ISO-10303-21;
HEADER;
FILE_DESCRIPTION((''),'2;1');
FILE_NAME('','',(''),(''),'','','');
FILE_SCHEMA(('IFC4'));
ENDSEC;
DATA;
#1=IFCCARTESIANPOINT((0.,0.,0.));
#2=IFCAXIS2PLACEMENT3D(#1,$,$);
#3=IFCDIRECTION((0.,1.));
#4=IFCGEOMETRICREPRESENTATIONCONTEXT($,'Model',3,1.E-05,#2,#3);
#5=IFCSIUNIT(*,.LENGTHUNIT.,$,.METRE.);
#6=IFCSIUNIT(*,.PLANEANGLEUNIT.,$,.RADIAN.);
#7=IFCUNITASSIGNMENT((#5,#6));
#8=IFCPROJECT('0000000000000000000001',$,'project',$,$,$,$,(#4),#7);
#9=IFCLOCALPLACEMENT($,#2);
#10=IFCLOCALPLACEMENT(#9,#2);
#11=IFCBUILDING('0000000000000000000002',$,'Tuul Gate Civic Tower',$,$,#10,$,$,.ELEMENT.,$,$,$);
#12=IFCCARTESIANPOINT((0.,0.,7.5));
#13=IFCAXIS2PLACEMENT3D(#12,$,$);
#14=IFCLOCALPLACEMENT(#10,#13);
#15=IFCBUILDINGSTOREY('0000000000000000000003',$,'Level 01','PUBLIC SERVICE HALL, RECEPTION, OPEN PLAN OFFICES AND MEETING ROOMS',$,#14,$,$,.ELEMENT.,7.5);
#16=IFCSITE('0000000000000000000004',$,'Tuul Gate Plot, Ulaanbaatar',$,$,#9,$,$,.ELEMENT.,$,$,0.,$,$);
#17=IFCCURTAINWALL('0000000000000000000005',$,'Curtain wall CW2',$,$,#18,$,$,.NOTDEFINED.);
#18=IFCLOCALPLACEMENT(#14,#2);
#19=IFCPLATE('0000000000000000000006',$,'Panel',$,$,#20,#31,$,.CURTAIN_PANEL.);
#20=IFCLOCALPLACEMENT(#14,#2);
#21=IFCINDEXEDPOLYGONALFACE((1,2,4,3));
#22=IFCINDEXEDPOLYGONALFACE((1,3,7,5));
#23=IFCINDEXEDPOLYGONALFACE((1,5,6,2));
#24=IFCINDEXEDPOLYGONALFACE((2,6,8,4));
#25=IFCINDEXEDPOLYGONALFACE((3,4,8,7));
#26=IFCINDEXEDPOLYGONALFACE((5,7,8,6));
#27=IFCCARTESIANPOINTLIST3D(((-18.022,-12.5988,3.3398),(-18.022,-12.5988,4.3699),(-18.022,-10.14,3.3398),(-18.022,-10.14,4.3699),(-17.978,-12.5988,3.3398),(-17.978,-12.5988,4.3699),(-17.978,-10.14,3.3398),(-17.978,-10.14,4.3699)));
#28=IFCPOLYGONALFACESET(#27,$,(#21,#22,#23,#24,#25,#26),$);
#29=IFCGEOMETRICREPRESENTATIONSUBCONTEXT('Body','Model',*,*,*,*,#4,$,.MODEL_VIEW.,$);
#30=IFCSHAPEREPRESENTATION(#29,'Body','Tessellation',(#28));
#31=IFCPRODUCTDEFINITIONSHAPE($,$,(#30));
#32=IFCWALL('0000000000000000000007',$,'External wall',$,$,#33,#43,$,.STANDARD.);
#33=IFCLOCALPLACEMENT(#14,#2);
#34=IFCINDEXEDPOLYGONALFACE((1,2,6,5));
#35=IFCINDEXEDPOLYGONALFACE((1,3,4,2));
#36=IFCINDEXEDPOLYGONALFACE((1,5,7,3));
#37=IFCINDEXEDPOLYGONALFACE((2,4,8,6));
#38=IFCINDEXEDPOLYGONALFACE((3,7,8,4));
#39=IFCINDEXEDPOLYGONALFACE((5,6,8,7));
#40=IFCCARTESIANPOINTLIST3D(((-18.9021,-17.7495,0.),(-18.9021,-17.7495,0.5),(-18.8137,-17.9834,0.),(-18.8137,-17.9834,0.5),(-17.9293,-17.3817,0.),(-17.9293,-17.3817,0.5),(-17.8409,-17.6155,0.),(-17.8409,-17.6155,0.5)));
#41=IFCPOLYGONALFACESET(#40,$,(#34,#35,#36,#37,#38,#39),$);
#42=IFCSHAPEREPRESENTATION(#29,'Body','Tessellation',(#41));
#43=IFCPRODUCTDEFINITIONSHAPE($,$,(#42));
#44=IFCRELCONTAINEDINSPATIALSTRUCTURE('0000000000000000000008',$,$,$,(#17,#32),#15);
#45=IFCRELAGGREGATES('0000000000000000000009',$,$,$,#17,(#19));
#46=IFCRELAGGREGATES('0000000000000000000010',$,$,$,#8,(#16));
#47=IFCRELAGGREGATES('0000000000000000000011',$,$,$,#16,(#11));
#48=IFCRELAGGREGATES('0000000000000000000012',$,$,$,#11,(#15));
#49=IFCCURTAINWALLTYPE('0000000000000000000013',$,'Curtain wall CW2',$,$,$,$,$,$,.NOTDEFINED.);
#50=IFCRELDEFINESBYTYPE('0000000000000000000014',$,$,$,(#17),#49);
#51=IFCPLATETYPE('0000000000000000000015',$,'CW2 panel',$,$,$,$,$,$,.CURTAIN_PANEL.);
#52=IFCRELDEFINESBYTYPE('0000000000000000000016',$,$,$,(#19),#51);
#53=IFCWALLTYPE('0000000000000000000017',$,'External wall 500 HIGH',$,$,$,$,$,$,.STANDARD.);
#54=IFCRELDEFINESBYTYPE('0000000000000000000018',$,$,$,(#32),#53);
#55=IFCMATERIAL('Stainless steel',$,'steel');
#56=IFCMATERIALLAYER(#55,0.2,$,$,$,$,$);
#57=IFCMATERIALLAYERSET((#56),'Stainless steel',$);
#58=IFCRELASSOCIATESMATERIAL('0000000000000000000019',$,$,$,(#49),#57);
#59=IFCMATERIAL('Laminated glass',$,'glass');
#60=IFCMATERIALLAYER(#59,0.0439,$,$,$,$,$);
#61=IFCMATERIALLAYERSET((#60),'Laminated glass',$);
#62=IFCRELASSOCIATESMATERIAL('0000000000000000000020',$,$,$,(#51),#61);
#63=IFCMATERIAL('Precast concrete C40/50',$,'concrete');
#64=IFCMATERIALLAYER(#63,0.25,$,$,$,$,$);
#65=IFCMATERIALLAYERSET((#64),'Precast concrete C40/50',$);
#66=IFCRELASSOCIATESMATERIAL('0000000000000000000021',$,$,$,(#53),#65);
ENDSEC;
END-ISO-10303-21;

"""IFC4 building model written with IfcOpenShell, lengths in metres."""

from ifc_helpers import new_model, si_unit, direction, frame, frame_2d, origin, origin_2d, place, context, subcontext, project, spatial, rectangle, extrude, material, layer, layer_set, type_object, element, aggregate, save


model = new_model("IFC4")

# Units and contexts
model_context = context("Model", 3, precision=1e-05, world=origin(), true_north=direction((0.0, 1.0)))
body_context = subcontext(model_context, "Body", "Model", "MODEL_VIEW")
ifc_project = project(units=[si_unit("LENGTHUNIT", "METRE"), si_unit("PLANEANGLEUNIT", "RADIAN")], contexts=[model_context])

# Site, building, storey
site_placement = place(None, origin())
site = spatial("IfcSite", under=ifc_project, at=site_placement, Name="Tuul Gate Plot, Ulaanbaatar", CompositionType="ELEMENT", RefElevation=0.0)
building_placement = place(site_placement, origin())
building = spatial("IfcBuilding", under=site, at=building_placement, Name="Tuul Gate Civic Tower", CompositionType="ELEMENT")
storey_placement = place(building_placement, frame((0.0, 0.0, 7.5)))
storey = spatial("IfcBuildingStorey", under=building, at=storey_placement, Name="Level 01", Description="PUBLIC SERVICE HALL, RECEPTION, OPEN PLAN OFFICES AND MEETING ROOMS", CompositionType="ELEMENT", Elevation=7.5)

# Curtain wall
ifc_material_1 = material(Name="Stainless steel", Category="steel")
ifc_layer_1 = layer(ifc_material_1, 0.2)
ifc_layer_set_1 = layer_set([ifc_layer_1], Name="Stainless steel")
curtain_wall_type_1 = type_object("IfcCurtainWallType", Name="Curtain wall CW2", PredefinedType="NOTDEFINED", material=ifc_layer_set_1)
curtain_wall_1_placement = place(storey_placement, origin())
curtain_wall_1 = element("IfcCurtainWall", 1, at=curtain_wall_1_placement, inside=storey, type_object=curtain_wall_type_1, Name="Curtain wall CW2", PredefinedType="NOTDEFINED")

# Plate
ifc_material_2 = material(Name="Laminated glass", Category="glass")
ifc_layer_2 = layer(ifc_material_2, 0.0439)
ifc_layer_set_2 = layer_set([ifc_layer_2], Name="Laminated glass")
plate_type = type_object("IfcPlateType", Name="CW2 panel", PredefinedType="CURTAIN_PANEL", material=ifc_layer_set_2)
plate_1_placement = place(storey_placement, frame((-18.0, -11.3694, 3.3398), z_axis=(0.0, 0.0, 1.0), x_axis=(0.0, 1.0, 0.0)))
plate_1 = element("IfcPlate", 2, at=plate_1_placement, type_object=plate_type, Name="Panel", PredefinedType="CURTAIN_PANEL", context=body_context, shape_type="SweptSolid", body=[
    extrude(rectangle(XDim=2.4587, YDim=0.0439, at=origin_2d()), origin(), (0.0, 0.0, 1.0), 1.03),
])
aggregate(curtain_wall_1, [plate_1])

# Wall
ifc_material_3 = material(Name="Precast concrete C40/50", Category="concrete")
ifc_layer_3 = layer(ifc_material_3, 0.25)
ifc_layer_set_3 = layer_set([ifc_layer_3], Name="Precast concrete C40/50")
wall_type = type_object("IfcWallType", Name="External wall 500 HIGH", PredefinedType="STANDARD", material=ifc_layer_set_3)
wall_placement = place(storey_placement, frame((-18.8579, -17.8665, 0.0), z_axis=(0.0, 0.0, 1.0), x_axis=(0.935351, 0.35372, 0.0)))
element("IfcWall", 3, at=wall_placement, inside=storey, type_object=wall_type, Name="External wall", PredefinedType="STANDARD", context=body_context, shape_type="SweptSolid", body=[
    extrude(rectangle(XDim=1.04, YDim=0.25, at=frame_2d((0.52, 0.0))), origin(), (0.0, 0.0, 1.0), 0.5),
])

save(model, "model.ifc")
